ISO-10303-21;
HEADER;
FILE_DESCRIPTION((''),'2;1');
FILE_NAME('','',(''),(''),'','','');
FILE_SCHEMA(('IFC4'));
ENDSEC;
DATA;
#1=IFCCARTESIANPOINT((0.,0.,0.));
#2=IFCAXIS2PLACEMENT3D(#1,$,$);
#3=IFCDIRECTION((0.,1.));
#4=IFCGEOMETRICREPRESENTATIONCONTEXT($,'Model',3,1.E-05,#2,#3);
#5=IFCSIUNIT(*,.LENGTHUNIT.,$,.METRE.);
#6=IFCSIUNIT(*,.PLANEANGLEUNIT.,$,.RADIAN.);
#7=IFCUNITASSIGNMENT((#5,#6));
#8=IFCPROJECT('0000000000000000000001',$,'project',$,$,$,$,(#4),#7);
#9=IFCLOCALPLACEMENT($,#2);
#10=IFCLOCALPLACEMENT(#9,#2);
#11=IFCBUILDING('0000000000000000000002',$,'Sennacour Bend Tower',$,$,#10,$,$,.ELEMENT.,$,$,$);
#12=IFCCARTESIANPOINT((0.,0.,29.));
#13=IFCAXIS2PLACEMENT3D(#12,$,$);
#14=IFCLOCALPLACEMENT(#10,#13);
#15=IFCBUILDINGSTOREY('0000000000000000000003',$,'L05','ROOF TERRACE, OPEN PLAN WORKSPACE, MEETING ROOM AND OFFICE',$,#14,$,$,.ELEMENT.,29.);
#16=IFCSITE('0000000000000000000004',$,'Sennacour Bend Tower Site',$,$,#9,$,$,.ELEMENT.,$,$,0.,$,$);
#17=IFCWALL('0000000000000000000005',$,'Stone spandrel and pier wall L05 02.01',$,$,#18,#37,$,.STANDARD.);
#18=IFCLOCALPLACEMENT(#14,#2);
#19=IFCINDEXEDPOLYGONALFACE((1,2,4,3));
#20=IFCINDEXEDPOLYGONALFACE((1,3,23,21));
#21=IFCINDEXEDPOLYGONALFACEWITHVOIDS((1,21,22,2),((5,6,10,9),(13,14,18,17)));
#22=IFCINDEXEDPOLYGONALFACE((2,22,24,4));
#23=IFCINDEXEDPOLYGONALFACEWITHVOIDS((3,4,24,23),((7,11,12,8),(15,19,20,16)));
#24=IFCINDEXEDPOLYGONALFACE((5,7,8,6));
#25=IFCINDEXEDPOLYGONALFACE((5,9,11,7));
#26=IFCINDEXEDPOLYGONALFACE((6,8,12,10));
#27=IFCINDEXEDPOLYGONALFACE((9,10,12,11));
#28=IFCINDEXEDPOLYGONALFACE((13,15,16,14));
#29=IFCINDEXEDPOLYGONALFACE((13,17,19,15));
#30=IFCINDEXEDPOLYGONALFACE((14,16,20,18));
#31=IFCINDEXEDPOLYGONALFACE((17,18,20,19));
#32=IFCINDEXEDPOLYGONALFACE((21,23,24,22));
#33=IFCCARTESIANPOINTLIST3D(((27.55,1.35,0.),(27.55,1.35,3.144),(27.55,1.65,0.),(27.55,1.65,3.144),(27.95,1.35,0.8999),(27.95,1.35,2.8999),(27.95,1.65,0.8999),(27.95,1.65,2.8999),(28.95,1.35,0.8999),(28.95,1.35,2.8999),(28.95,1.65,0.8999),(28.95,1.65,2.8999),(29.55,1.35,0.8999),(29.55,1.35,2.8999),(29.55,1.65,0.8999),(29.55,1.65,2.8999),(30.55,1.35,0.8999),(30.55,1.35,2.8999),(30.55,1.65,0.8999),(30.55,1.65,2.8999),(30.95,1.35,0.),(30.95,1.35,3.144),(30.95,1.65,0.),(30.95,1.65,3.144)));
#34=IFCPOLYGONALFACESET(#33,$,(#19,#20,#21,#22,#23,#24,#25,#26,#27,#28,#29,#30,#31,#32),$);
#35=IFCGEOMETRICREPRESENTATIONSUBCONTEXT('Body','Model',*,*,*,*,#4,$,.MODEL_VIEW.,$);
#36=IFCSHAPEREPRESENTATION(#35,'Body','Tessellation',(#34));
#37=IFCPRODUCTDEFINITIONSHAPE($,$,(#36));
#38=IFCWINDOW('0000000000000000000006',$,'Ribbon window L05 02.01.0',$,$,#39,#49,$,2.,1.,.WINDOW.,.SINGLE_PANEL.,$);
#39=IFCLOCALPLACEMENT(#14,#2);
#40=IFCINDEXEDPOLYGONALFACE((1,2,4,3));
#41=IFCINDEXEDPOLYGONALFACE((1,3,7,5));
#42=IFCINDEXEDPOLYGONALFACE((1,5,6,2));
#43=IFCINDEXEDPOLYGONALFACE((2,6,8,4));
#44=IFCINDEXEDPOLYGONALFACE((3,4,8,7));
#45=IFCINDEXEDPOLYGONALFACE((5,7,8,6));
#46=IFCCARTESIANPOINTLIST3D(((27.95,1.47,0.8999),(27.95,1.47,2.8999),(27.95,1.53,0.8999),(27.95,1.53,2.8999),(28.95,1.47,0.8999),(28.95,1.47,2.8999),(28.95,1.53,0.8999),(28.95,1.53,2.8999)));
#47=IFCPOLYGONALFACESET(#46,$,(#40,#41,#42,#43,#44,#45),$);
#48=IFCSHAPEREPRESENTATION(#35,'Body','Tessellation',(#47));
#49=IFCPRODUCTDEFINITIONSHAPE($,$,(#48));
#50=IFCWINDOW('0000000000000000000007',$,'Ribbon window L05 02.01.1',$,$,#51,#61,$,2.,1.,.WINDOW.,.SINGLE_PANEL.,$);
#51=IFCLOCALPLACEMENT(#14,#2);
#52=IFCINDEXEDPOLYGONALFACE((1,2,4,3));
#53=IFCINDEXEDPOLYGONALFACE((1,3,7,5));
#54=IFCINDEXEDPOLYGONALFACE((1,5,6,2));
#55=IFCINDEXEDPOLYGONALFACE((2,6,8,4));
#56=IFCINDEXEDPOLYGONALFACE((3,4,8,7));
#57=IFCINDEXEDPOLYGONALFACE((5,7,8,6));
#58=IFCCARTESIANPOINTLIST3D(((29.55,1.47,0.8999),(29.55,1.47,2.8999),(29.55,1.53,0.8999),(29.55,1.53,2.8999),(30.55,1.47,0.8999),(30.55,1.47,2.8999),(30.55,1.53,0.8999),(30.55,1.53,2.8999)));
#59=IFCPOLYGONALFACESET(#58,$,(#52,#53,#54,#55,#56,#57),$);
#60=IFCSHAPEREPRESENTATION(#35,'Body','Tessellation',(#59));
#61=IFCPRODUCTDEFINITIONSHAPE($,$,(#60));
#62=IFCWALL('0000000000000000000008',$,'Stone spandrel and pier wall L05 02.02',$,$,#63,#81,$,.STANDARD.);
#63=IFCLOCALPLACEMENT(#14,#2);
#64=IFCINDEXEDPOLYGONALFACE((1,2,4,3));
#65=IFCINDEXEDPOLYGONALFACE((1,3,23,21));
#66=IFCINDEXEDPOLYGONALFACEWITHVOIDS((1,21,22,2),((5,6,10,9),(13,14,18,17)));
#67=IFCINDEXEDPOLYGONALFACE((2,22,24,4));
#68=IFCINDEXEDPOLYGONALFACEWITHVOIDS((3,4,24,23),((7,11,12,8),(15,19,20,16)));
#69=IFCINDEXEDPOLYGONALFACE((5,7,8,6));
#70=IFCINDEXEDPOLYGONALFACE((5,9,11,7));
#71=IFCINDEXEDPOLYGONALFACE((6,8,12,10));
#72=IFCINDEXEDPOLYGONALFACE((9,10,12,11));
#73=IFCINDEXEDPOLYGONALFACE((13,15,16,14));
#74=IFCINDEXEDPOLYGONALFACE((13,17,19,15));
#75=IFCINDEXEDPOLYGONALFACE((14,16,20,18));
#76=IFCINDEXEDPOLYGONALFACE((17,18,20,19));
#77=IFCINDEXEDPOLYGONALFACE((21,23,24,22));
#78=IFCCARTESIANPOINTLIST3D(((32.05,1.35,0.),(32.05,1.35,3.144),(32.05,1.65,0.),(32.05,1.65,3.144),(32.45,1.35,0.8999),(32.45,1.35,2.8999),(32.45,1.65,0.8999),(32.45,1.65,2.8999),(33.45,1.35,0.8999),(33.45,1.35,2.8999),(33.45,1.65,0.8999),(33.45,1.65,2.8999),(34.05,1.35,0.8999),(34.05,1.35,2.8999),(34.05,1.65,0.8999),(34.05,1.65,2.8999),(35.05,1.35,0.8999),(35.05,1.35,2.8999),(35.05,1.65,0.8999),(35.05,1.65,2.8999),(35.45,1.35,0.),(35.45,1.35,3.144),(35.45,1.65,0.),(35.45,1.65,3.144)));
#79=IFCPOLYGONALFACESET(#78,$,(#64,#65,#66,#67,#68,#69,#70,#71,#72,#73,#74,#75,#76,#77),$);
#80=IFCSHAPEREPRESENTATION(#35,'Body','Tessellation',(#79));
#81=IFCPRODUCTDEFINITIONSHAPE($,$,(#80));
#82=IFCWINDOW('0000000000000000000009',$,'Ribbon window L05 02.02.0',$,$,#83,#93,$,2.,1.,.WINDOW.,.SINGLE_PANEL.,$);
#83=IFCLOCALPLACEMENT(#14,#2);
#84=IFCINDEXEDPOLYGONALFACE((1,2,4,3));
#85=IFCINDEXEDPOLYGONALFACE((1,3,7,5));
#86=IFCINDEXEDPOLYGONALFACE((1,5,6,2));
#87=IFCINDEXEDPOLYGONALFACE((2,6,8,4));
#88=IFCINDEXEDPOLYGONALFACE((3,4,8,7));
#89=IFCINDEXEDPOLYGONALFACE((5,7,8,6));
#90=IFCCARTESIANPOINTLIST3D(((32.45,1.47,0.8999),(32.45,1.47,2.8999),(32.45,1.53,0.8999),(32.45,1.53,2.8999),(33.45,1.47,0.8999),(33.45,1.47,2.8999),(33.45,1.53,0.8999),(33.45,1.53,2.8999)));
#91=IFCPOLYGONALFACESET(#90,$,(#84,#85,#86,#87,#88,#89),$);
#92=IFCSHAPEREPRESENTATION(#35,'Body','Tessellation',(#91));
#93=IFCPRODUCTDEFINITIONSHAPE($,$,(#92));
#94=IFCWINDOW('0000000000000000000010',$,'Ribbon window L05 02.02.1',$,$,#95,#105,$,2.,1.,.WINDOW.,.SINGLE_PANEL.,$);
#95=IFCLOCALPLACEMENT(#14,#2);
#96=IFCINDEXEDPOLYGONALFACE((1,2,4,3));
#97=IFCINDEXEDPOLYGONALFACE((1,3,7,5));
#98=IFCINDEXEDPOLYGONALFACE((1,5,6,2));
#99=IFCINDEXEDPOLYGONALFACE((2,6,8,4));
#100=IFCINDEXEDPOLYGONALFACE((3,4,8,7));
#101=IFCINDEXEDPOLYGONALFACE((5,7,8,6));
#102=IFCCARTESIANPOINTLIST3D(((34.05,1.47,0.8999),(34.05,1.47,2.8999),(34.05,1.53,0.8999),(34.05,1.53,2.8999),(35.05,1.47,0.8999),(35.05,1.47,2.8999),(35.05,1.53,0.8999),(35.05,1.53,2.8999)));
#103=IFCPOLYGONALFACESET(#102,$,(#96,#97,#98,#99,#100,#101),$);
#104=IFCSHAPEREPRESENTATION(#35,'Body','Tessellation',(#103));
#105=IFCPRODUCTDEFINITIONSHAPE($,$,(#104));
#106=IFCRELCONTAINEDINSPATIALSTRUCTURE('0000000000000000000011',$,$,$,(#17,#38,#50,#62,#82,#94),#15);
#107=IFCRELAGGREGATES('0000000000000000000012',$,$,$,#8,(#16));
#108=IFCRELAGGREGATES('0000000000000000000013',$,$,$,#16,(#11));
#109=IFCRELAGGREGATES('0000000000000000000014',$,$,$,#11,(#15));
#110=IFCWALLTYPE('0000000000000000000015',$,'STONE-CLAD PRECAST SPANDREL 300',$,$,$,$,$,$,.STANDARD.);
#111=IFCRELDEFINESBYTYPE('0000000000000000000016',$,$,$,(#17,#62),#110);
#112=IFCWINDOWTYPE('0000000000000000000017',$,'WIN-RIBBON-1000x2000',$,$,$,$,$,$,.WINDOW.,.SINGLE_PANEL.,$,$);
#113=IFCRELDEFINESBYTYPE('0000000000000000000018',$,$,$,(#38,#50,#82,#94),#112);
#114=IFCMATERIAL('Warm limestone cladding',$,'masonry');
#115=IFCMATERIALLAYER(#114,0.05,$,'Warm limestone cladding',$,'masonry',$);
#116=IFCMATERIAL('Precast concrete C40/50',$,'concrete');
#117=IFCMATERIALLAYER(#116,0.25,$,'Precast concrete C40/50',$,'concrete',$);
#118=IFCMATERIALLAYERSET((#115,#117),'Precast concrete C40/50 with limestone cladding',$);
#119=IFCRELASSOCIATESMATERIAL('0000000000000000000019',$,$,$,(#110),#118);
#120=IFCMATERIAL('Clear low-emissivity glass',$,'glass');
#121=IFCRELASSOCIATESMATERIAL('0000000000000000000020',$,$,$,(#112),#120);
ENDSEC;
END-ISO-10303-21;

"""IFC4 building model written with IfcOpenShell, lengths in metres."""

from ifc_helpers import new_model, si_unit, direction, frame, frame_2d, origin, place, context, subcontext, project, spatial, rectangle, extrude, material, layer, layer_set, type_object, element, fill, save


model = new_model("IFC4")

# Units and contexts
model_context = context("Model", 3, precision=1e-05, world=origin(), true_north=direction((0.0, 1.0)))
body_context = subcontext(model_context, "Body", "Model", "MODEL_VIEW")
ifc_project = project(units=[si_unit("LENGTHUNIT", "METRE"), si_unit("PLANEANGLEUNIT", "RADIAN")], contexts=[model_context])

# Site, building, storey
site_placement = place(None, origin())
site = spatial("IfcSite", under=ifc_project, at=site_placement, Name="Sennacour Bend Tower Site", CompositionType="ELEMENT", RefElevation=0.0)
building_placement = place(site_placement, origin())
building = spatial("IfcBuilding", under=site, at=building_placement, Name="Sennacour Bend Tower", CompositionType="ELEMENT")
storey_placement = place(building_placement, frame((0.0, 0.0, 29.0)))
storey = spatial("IfcBuildingStorey", under=building, at=storey_placement, Name="L05", Description="ROOF TERRACE, OPEN PLAN WORKSPACE, MEETING ROOM AND OFFICE", CompositionType="ELEMENT", Elevation=29.0)

# Walls, openings, windows
ifc_material_1 = material(Name="Warm limestone cladding", Category="masonry")
ifc_layer_1 = layer(ifc_material_1, 0.05, Name="Warm limestone cladding", Category="masonry")
ifc_material_2 = material(Name="Precast concrete C40/50", Category="concrete")
ifc_layer_2 = layer(ifc_material_2, 0.25, Name="Precast concrete C40/50", Category="concrete")
ifc_layer_set_1 = layer_set([ifc_layer_1, ifc_layer_2], Name="Precast concrete C40/50 with limestone cladding")
wall_type_1 = type_object("IfcWallType", Name="STONE-CLAD PRECAST SPANDREL 300", PredefinedType="STANDARD", material=ifc_layer_set_1)
wall_1_placement = place(storey_placement, frame((27.55, 1.5, 0.0), z_axis=(0.0, 0.0, 1.0), x_axis=(1.0, 0.0, 0.0)))
wall_1 = element("IfcWall", 1, at=wall_1_placement, inside=storey, type_object=wall_type_1, Name="Stone spandrel and pier wall L05 02.01", PredefinedType="STANDARD", context=body_context, shape_type="SweptSolid", body=[
    extrude(rectangle(XDim=3.3999, YDim=0.3, at=frame_2d((1.7, 0.0))), origin(), (0.0, 0.0, 1.0), 3.144),
])
opening_1_placement = place(wall_1_placement, frame((0.3999, 0.0, 0.8999)))
opening_1 = element("IfcOpeningElement", 2, at=opening_1_placement, cuts=wall_1, PredefinedType="OPENING", context=body_context, shape_type="SweptSolid", body=[
    extrude(rectangle(XDim=1.0, YDim=2.0, at=frame_2d((0.5, 1.0))), frame((0.0, 0.1602, 0.0), z_axis=(0.0, -1.0, 0.0), x_axis=(1.0, 0.0, 0.0)), (0.0, 0.0, 1.0), 0.3201),
])
opening_2_placement = place(wall_1_placement, frame((2.0, 0.0, 0.8999)))
opening_2 = element("IfcOpeningElement", 3, at=opening_2_placement, cuts=wall_1, PredefinedType="OPENING", context=body_context, shape_type="SweptSolid", body=[
    extrude(rectangle(XDim=1.0, YDim=2.0, at=frame_2d((0.5, 1.0))), frame((0.0, 0.1602, 0.0), z_axis=(0.0, -1.0, 0.0), x_axis=(1.0, 0.0, 0.0)), (0.0, 0.0, 1.0), 0.3201),
])
ifc_material_3 = material(Name="Clear low-emissivity glass", Category="glass")
window_type = type_object("IfcWindowType", Name="WIN-RIBBON-1000x2000", PartitioningType="SINGLE_PANEL", PredefinedType="WINDOW", material=ifc_material_3)
window_1_placement = place(opening_1_placement, origin())
window_1 = element("IfcWindow", 4, at=window_1_placement, inside=storey, type_object=window_type, Name="Ribbon window L05 02.01.0", OverallHeight=2.0, OverallWidth=1.0, PartitioningType="SINGLE_PANEL", PredefinedType="WINDOW", context=body_context, shape_type="SweptSolid", body=[
    extrude(rectangle(XDim=1.0, YDim=2.0, at=frame_2d((0.5, 1.0))), frame((0.0, 0.03, 0.0), z_axis=(0.0, -1.0, 0.0), x_axis=(1.0, 0.0, 0.0)), (0.0, 0.0, 1.0), 0.0601),
])
fill(opening_1, window_1)
window_2_placement = place(opening_2_placement, origin())
window_2 = element("IfcWindow", 5, at=window_2_placement, inside=storey, type_object=window_type, Name="Ribbon window L05 02.01.1", OverallHeight=2.0, OverallWidth=1.0, PartitioningType="SINGLE_PANEL", PredefinedType="WINDOW", context=body_context, shape_type="SweptSolid", body=[
    extrude(rectangle(XDim=1.0, YDim=2.0, at=frame_2d((0.5, 1.0))), frame((0.0, 0.03, 0.0), z_axis=(0.0, -1.0, 0.0), x_axis=(1.0, 0.0, 0.0)), (0.0, 0.0, 1.0), 0.0601),
])
fill(opening_2, window_2)
wall_2_placement = place(storey_placement, frame((32.05, 1.5, 0.0), z_axis=(0.0, 0.0, 1.0), x_axis=(1.0, 0.0, 0.0)))
wall_2 = element("IfcWall", 6, at=wall_2_placement, inside=storey, type_object=wall_type_1, Name="Stone spandrel and pier wall L05 02.02", PredefinedType="STANDARD", context=body_context, shape_type="SweptSolid", body=[
    extrude(rectangle(XDim=3.3999, YDim=0.3, at=frame_2d((1.7, 0.0))), origin(), (0.0, 0.0, 1.0), 3.144),
])
opening_3_placement = place(wall_2_placement, frame((0.3999, 0.0, 0.8999)))
opening_3 = element("IfcOpeningElement", 7, at=opening_3_placement, cuts=wall_2, PredefinedType="OPENING", context=body_context, shape_type="SweptSolid", body=[
    extrude(rectangle(XDim=1.0, YDim=2.0, at=frame_2d((0.5, 1.0))), frame((0.0, 0.1602, 0.0), z_axis=(0.0, -1.0, 0.0), x_axis=(1.0, 0.0, 0.0)), (0.0, 0.0, 1.0), 0.3201),
])
opening_4_placement = place(wall_2_placement, frame((2.0, 0.0, 0.8999)))
opening_4 = element("IfcOpeningElement", 8, at=opening_4_placement, cuts=wall_2, PredefinedType="OPENING", context=body_context, shape_type="SweptSolid", body=[
    extrude(rectangle(XDim=1.0, YDim=2.0, at=frame_2d((0.5, 1.0))), frame((0.0, 0.1602, 0.0), z_axis=(0.0, -1.0, 0.0), x_axis=(1.0, 0.0, 0.0)), (0.0, 0.0, 1.0), 0.3201),
])
window_3_placement = place(opening_3_placement, origin())
window_3 = element("IfcWindow", 9, at=window_3_placement, inside=storey, type_object=window_type, Name="Ribbon window L05 02.02.0", OverallHeight=2.0, OverallWidth=1.0, PartitioningType="SINGLE_PANEL", PredefinedType="WINDOW", context=body_context, shape_type="SweptSolid", body=[
    extrude(rectangle(XDim=1.0, YDim=2.0, at=frame_2d((0.5, 1.0))), frame((0.0, 0.03, 0.0), z_axis=(0.0, -1.0, 0.0), x_axis=(1.0, 0.0, 0.0)), (0.0, 0.0, 1.0), 0.0601),
])
fill(opening_3, window_3)
window_4_placement = place(opening_4_placement, origin())
window_4 = element("IfcWindow", 10, at=window_4_placement, inside=storey, type_object=window_type, Name="Ribbon window L05 02.02.1", OverallHeight=2.0, OverallWidth=1.0, PartitioningType="SINGLE_PANEL", PredefinedType="WINDOW", context=body_context, shape_type="SweptSolid", body=[
    extrude(rectangle(XDim=1.0, YDim=2.0, at=frame_2d((0.5, 1.0))), frame((0.0, 0.03, 0.0), z_axis=(0.0, -1.0, 0.0), x_axis=(1.0, 0.0, 0.0)), (0.0, 0.0, 1.0), 0.0601),
])
fill(opening_4, window_4)

save(model, "model.ifc")
